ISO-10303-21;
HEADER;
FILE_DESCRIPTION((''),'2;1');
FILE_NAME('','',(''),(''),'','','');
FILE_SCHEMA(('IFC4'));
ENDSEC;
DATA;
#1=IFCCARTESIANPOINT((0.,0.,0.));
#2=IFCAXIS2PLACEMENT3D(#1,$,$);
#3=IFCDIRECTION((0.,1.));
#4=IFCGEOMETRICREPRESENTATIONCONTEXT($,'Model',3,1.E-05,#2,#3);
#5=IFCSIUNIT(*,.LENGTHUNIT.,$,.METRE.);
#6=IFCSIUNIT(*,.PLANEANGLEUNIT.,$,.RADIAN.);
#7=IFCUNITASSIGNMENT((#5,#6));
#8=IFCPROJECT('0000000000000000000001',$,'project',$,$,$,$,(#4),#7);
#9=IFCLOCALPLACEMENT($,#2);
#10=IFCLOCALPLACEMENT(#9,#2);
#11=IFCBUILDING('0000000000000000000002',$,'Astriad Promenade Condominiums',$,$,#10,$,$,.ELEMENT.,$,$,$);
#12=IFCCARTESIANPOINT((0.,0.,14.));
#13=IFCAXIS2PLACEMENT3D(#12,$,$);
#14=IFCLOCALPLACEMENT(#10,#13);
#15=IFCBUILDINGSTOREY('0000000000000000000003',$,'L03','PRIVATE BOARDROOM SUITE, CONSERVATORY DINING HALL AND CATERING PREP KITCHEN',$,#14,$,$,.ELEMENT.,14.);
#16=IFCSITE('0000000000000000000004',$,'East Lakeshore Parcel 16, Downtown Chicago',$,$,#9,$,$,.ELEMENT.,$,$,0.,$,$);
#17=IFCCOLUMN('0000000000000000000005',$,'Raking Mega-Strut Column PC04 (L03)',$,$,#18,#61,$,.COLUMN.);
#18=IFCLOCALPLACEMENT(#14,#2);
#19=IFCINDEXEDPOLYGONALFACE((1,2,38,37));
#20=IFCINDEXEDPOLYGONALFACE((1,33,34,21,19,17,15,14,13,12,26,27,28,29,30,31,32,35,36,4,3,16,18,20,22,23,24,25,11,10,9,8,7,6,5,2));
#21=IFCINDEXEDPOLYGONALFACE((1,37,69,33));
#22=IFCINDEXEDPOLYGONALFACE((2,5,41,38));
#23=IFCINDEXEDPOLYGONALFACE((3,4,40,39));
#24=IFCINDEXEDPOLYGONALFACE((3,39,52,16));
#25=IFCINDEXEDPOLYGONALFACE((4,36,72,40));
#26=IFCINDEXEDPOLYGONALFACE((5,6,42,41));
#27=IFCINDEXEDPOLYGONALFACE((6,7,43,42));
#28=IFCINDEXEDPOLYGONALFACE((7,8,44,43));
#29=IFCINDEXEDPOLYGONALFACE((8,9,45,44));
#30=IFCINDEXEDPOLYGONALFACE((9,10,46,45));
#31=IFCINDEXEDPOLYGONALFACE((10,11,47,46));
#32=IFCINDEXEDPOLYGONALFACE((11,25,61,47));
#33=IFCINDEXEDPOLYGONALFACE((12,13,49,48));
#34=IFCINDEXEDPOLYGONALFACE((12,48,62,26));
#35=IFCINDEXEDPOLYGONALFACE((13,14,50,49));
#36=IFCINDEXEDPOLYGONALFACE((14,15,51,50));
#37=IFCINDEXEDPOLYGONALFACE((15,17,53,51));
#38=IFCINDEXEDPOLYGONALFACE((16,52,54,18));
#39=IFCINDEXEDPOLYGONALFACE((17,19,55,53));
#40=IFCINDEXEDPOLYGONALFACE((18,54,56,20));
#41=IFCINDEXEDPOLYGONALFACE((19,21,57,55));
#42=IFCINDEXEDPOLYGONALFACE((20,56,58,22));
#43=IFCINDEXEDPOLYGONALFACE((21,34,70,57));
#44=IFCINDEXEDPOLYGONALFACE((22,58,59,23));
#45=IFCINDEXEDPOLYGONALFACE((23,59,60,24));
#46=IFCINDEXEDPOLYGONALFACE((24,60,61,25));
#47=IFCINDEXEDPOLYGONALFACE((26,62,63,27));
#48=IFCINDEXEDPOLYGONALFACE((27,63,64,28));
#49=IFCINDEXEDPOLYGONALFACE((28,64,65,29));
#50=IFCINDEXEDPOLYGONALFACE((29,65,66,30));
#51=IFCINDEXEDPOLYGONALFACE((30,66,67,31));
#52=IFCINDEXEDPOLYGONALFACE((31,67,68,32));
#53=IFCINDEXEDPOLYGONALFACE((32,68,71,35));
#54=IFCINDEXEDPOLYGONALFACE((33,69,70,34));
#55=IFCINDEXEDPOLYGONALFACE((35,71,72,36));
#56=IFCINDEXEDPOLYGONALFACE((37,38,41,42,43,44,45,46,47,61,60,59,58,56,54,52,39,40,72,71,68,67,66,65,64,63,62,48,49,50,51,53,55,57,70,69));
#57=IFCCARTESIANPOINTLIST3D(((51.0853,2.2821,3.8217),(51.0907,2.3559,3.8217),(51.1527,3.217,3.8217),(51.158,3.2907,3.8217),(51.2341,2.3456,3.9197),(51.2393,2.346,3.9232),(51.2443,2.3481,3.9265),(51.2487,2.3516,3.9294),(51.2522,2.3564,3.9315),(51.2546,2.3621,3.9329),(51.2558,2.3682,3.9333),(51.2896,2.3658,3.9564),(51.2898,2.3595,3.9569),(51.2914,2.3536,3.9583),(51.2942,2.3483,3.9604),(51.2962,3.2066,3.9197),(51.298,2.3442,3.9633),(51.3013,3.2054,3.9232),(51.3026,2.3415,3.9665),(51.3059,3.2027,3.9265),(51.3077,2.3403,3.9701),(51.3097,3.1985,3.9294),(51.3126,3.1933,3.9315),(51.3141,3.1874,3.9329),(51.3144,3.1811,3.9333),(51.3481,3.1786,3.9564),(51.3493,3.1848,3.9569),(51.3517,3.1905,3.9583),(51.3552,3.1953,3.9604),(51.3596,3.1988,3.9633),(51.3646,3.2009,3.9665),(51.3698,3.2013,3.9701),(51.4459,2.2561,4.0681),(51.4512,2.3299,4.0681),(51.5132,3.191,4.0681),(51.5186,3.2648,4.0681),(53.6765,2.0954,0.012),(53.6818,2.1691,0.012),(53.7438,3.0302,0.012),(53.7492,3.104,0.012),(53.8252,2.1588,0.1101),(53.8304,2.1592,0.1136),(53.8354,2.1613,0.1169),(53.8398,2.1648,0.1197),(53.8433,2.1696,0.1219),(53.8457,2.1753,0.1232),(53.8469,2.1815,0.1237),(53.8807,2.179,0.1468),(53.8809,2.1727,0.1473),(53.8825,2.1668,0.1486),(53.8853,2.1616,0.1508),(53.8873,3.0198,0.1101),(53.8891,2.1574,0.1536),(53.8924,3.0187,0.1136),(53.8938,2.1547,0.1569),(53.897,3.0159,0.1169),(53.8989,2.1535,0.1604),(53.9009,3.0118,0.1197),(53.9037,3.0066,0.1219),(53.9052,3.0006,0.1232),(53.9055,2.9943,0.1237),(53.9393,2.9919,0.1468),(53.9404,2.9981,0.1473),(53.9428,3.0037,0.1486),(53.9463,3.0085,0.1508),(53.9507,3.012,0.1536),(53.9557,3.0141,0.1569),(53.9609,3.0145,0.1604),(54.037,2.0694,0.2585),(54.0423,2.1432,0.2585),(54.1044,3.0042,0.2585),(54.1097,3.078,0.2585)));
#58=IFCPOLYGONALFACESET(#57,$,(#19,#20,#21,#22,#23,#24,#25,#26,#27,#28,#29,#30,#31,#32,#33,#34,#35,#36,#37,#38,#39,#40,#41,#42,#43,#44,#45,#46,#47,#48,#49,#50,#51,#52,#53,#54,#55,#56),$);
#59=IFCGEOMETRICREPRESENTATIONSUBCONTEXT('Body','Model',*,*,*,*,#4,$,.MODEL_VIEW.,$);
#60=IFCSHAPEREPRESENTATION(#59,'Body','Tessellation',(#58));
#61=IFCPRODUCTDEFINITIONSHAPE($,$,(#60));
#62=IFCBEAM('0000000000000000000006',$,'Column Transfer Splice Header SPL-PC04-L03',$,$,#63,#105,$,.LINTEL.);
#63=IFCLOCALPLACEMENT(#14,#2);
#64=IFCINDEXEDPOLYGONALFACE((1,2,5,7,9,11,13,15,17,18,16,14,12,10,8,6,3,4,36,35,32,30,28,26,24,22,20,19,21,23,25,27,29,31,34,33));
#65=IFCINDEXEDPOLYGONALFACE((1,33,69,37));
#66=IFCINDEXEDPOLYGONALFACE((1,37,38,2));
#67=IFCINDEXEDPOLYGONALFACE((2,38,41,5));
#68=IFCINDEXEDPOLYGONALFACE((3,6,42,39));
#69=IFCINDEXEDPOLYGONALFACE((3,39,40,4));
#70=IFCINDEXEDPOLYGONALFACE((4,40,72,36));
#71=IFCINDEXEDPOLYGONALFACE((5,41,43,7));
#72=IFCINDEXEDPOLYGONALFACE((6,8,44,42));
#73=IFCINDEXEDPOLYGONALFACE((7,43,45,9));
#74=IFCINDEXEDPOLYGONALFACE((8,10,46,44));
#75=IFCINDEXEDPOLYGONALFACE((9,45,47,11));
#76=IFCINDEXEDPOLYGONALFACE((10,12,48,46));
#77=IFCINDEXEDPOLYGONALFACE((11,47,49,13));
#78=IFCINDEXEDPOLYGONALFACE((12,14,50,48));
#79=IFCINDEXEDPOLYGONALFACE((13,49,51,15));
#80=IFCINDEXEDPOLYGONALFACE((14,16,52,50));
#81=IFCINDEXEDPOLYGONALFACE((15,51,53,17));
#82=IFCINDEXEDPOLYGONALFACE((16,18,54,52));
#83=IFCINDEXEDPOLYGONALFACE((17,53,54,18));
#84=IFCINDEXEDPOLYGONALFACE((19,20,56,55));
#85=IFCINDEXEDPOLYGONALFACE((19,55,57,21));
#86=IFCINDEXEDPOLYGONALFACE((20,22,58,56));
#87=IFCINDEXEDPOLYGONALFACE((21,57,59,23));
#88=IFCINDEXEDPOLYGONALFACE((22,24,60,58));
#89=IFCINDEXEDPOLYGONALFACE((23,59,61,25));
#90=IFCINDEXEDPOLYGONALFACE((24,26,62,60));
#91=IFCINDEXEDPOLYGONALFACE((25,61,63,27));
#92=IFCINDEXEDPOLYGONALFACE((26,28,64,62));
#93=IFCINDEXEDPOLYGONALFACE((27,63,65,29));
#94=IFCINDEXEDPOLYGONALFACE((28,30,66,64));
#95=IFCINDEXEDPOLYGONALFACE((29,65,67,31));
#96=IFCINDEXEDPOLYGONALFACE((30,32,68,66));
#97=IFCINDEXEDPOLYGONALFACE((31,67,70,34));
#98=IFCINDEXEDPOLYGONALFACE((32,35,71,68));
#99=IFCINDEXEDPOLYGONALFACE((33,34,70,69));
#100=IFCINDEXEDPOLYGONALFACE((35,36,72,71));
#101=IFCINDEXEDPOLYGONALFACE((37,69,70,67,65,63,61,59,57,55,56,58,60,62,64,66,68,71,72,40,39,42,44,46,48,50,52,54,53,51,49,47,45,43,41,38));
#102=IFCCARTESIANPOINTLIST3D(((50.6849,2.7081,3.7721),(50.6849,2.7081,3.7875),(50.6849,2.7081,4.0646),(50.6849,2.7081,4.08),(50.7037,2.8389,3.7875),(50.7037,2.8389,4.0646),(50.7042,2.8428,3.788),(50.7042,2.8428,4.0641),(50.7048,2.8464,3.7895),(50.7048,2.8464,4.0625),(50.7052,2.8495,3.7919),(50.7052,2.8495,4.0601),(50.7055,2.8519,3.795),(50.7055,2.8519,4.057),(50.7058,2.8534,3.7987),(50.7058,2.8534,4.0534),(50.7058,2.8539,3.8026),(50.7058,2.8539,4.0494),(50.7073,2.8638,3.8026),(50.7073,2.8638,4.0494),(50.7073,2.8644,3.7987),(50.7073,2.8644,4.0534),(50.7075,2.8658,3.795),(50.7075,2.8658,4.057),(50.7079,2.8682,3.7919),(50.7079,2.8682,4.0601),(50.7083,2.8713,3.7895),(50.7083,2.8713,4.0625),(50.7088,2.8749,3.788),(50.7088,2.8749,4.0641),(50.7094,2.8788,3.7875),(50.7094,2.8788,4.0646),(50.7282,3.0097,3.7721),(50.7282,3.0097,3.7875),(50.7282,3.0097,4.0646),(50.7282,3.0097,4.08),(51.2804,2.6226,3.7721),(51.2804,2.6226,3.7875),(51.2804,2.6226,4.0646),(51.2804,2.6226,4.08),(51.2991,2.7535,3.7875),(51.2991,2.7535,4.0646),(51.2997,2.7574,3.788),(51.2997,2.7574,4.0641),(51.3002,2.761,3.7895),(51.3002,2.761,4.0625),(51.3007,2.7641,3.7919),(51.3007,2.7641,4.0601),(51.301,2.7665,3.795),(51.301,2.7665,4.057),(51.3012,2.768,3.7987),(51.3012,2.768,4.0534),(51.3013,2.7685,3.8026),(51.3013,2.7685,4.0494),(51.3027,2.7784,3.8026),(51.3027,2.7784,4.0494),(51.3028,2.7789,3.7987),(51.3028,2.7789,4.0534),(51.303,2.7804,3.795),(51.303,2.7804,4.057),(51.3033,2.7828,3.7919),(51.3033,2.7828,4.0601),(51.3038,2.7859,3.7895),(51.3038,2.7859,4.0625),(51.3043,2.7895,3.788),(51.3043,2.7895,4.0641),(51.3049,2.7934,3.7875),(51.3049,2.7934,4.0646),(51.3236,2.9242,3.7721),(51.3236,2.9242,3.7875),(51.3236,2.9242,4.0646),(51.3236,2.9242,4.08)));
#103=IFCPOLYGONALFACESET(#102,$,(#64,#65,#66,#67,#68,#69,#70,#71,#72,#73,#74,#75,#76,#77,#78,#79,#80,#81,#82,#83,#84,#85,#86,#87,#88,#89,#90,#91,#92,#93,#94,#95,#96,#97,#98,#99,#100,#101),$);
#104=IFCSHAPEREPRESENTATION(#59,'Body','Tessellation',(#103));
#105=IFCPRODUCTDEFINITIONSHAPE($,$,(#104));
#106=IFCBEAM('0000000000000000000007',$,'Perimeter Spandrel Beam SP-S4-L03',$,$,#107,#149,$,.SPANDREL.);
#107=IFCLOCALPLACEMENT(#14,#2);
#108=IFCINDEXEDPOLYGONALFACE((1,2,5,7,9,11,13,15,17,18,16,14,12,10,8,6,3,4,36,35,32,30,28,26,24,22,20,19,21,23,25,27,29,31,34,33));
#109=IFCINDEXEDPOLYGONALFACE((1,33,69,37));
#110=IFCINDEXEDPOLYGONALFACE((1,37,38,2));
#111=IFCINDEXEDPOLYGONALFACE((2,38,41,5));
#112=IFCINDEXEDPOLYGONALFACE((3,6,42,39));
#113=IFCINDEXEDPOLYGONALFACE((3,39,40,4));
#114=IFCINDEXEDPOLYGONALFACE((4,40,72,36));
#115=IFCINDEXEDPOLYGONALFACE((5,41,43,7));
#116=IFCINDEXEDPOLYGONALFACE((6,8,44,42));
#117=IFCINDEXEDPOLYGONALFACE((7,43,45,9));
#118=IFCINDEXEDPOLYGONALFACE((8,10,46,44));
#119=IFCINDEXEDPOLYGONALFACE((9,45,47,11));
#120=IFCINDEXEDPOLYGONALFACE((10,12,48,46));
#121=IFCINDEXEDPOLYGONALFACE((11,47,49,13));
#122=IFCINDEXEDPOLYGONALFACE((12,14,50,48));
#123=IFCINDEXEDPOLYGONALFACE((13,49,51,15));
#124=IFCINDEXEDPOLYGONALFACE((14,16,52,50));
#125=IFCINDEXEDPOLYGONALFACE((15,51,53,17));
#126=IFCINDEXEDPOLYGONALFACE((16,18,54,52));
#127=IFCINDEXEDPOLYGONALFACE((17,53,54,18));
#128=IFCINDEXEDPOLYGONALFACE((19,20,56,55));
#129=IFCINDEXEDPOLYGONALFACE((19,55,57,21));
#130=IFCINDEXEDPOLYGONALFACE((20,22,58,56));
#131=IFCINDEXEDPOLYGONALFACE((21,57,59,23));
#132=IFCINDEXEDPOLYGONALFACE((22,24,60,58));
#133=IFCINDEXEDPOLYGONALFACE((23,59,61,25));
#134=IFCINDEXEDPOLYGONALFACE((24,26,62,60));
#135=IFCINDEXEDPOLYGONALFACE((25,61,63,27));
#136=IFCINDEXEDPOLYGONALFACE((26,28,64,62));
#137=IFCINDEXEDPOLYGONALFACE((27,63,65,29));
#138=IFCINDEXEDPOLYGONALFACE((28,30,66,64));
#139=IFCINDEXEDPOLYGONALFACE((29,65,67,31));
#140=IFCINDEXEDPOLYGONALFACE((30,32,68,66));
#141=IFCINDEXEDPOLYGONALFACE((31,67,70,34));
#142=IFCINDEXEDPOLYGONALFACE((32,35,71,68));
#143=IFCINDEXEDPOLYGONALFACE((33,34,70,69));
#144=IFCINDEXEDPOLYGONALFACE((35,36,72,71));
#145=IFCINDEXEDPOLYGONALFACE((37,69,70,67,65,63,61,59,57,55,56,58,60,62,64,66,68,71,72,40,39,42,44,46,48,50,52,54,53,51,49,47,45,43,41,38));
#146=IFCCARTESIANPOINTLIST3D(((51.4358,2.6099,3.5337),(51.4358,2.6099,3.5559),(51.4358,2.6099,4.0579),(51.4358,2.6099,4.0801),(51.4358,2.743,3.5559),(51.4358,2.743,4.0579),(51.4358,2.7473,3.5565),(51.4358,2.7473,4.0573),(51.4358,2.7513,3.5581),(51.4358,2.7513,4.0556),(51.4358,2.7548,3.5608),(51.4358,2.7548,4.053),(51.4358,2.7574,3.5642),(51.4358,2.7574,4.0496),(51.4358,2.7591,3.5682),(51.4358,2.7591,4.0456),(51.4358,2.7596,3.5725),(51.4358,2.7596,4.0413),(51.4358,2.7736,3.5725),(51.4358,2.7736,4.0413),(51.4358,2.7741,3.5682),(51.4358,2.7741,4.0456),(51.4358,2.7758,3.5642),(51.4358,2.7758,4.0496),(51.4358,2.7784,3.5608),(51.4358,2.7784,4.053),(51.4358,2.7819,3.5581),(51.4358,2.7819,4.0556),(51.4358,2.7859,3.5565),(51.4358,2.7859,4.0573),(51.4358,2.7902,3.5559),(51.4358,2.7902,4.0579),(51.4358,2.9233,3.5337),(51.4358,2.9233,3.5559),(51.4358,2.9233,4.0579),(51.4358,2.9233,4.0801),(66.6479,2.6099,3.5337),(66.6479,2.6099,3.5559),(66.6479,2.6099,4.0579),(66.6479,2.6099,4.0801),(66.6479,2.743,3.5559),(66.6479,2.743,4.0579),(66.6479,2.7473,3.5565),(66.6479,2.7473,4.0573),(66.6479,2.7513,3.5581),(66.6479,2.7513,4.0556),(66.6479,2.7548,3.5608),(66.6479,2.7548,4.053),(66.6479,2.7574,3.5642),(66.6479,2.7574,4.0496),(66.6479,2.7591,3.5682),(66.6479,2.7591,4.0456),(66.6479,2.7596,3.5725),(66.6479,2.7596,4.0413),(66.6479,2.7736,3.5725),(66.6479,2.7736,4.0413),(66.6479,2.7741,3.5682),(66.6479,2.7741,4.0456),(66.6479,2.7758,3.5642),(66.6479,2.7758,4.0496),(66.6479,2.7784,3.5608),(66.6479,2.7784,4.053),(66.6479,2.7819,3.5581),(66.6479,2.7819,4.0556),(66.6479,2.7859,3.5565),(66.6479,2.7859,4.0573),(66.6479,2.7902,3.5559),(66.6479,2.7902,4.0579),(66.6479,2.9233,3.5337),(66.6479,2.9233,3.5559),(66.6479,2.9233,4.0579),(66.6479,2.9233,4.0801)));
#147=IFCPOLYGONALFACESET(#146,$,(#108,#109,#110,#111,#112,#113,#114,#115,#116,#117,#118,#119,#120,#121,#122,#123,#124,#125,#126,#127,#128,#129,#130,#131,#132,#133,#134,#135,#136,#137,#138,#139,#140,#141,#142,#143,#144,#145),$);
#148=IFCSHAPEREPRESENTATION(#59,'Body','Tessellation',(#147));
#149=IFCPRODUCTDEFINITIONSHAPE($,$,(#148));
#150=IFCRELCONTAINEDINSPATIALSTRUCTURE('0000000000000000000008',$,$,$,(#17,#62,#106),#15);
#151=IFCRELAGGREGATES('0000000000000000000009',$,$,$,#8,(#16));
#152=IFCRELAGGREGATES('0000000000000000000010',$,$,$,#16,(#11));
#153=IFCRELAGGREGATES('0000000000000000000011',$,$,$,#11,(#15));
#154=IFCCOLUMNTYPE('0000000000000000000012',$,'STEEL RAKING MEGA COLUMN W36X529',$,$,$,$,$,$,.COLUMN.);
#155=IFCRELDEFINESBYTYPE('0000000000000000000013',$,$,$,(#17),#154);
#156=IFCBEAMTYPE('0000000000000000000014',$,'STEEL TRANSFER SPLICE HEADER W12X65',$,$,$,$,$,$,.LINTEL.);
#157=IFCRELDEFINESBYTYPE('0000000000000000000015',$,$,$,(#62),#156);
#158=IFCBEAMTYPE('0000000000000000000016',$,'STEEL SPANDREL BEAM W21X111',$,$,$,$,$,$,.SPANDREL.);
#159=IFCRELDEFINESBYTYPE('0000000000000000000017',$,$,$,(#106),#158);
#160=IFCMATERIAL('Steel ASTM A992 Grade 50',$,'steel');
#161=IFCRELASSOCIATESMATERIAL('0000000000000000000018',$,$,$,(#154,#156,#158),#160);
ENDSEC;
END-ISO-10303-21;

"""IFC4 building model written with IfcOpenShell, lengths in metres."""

from ifc_helpers import new_model, si_unit, direction, frame, origin, origin_2d, place, context, subcontext, project, spatial, i_section, extrude, source, transform, mapped, material, material_profile, profile_set, type_object, type_shapes, element, save


model = new_model("IFC4")

# Units and contexts
model_context = context("Model", 3, precision=1e-05, world=origin(), true_north=direction((0.0, 1.0)))
body_context = subcontext(model_context, "Body", "Model", "MODEL_VIEW")
ifc_project = project(units=[si_unit("LENGTHUNIT", "METRE"), si_unit("PLANEANGLEUNIT", "RADIAN")], contexts=[model_context])

# Site, building, storey
site_placement = place(None, origin())
site = spatial("IfcSite", under=ifc_project, at=site_placement, Name="East Lakeshore Parcel 16, Downtown Chicago", CompositionType="ELEMENT", RefElevation=0.0)
building_placement = place(site_placement, origin())
building = spatial("IfcBuilding", under=site, at=building_placement, Name="Astriad Promenade Condominiums", CompositionType="ELEMENT")
storey_placement = place(building_placement, frame((0.0, 0.0, 14.0)))
storey = spatial("IfcBuildingStorey", under=building, at=storey_placement, Name="L03", Description="PRIVATE BOARDROOM SUITE, CONSERVATORY DINING HALL AND CATERING PREP KITCHEN", CompositionType="ELEMENT", Elevation=14.0)

# Column
ifc_material_1 = material(Name="Steel ASTM A992 Grade 50", Category="steel")
ifc_material_profile_1 = material_profile(ifc_material_1, i_section(OverallWidth=0.4375, OverallDepth=1.0112, WebThickness=0.041, FlangeThickness=0.074, FilletRadius=0.0242, at=origin_2d()), Name="W36X529")
ifc_profile_set_1 = profile_set([ifc_material_profile_1], Name="Steel ASTM A992 Grade 50")
column_type = type_object("IfcColumnType", Name="STEEL RAKING MEGA COLUMN W36X529", PredefinedType="COLUMN", material=ifc_profile_set_1)
shared_shape_1 = source(origin(), body_context, "Body", "SweptSolid", [
    extrude(i_section(OverallWidth=0.4375, OverallDepth=1.0112, WebThickness=0.041, FlangeThickness=0.074, FilletRadius=0.0242, at=origin_2d()), origin(), (0.0, 0.0, 1.0), 4.6111),
])
type_shapes(column_type, [shared_shape_1])
column_placement = place(storey_placement, frame((53.8931, 2.5867, 0.1353), z_axis=(-0.561931, 0.040505, 0.826192), x_axis=(0.824054, -0.059399, 0.563389)))
element("IfcColumn", 1, at=column_placement, inside=storey, type_object=column_type, Name="Raking Mega-Strut Column PC04 (L03)", PredefinedType="COLUMN", context=body_context, shape_type="MappedRepresentation", body=[
    mapped(shared_shape_1, transform((0.0, 0.0, 0.0), scale=1.0)),
])

# Beams
ifc_material_profile_2 = material_profile(ifc_material_1, i_section(OverallWidth=0.3047, OverallDepth=0.3079, WebThickness=0.01, FlangeThickness=0.0154, FilletRadius=0.0151, at=origin_2d()), Name="W12X65")
ifc_profile_set_2 = profile_set([ifc_material_profile_2], Name="Steel ASTM A992 Grade 50")
beam_type_1 = type_object("IfcBeamType", Name="STEEL TRANSFER SPLICE HEADER W12X65", PredefinedType="LINTEL", material=ifc_profile_set_2)
shared_shape_2 = source(origin(), body_context, "Body", "SweptSolid", [
    extrude(i_section(OverallWidth=0.3047, OverallDepth=0.3079, WebThickness=0.01, FlangeThickness=0.0154, FilletRadius=0.0151, at=origin_2d()), origin(), (0.0, 0.0, 1.0), 0.6016),
])
type_shapes(beam_type_1, [shared_shape_2])
beam_1_placement = place(storey_placement, frame((51.302, 2.7734, 3.926), z_axis=(-0.98986, 0.142046, 0.0), x_axis=(-0.142046, -0.98986, 0.0)))
element("IfcBeam", 2, at=beam_1_placement, inside=storey, type_object=beam_type_1, Name="Column Transfer Splice Header SPL-PC04-L03", PredefinedType="LINTEL", context=body_context, shape_type="MappedRepresentation", body=[
    mapped(shared_shape_2, transform((0.0, 0.0, 0.0), scale=1.0)),
])
ifc_material_profile_3 = material_profile(ifc_material_1, i_section(OverallWidth=0.3135, OverallDepth=0.5464, WebThickness=0.0139, FlangeThickness=0.0222, FilletRadius=0.0166, at=origin_2d()), Name="W21X111")
ifc_profile_set_3 = profile_set([ifc_material_profile_3], Name="Steel ASTM A992 Grade 50")
beam_type_2 = type_object("IfcBeamType", Name="STEEL SPANDREL BEAM W21X111", PredefinedType="SPANDREL", material=ifc_profile_set_3)
shared_shape_3 = source(origin(), body_context, "Body", "SweptSolid", [
    extrude(i_section(OverallWidth=0.3135, OverallDepth=0.5464, WebThickness=0.0139, FlangeThickness=0.0222, FilletRadius=0.0166, at=origin_2d()), origin(), (0.0, 0.0, 1.0), 15.2122),
])
type_shapes(beam_type_2, [shared_shape_3])
beam_2_placement = place(storey_placement, frame((51.4358, 2.7666, 3.8069), z_axis=(1.0, 0.0, 0.0), x_axis=(0.0, 1.0, 0.0)))
element("IfcBeam", 3, at=beam_2_placement, inside=storey, type_object=beam_type_2, Name="Perimeter Spandrel Beam SP-S4-L03", PredefinedType="SPANDREL", context=body_context, shape_type="MappedRepresentation", body=[
    mapped(shared_shape_3, transform((0.0, 0.0, 0.0), scale=1.0)),
])

save(model, "model.ifc")
